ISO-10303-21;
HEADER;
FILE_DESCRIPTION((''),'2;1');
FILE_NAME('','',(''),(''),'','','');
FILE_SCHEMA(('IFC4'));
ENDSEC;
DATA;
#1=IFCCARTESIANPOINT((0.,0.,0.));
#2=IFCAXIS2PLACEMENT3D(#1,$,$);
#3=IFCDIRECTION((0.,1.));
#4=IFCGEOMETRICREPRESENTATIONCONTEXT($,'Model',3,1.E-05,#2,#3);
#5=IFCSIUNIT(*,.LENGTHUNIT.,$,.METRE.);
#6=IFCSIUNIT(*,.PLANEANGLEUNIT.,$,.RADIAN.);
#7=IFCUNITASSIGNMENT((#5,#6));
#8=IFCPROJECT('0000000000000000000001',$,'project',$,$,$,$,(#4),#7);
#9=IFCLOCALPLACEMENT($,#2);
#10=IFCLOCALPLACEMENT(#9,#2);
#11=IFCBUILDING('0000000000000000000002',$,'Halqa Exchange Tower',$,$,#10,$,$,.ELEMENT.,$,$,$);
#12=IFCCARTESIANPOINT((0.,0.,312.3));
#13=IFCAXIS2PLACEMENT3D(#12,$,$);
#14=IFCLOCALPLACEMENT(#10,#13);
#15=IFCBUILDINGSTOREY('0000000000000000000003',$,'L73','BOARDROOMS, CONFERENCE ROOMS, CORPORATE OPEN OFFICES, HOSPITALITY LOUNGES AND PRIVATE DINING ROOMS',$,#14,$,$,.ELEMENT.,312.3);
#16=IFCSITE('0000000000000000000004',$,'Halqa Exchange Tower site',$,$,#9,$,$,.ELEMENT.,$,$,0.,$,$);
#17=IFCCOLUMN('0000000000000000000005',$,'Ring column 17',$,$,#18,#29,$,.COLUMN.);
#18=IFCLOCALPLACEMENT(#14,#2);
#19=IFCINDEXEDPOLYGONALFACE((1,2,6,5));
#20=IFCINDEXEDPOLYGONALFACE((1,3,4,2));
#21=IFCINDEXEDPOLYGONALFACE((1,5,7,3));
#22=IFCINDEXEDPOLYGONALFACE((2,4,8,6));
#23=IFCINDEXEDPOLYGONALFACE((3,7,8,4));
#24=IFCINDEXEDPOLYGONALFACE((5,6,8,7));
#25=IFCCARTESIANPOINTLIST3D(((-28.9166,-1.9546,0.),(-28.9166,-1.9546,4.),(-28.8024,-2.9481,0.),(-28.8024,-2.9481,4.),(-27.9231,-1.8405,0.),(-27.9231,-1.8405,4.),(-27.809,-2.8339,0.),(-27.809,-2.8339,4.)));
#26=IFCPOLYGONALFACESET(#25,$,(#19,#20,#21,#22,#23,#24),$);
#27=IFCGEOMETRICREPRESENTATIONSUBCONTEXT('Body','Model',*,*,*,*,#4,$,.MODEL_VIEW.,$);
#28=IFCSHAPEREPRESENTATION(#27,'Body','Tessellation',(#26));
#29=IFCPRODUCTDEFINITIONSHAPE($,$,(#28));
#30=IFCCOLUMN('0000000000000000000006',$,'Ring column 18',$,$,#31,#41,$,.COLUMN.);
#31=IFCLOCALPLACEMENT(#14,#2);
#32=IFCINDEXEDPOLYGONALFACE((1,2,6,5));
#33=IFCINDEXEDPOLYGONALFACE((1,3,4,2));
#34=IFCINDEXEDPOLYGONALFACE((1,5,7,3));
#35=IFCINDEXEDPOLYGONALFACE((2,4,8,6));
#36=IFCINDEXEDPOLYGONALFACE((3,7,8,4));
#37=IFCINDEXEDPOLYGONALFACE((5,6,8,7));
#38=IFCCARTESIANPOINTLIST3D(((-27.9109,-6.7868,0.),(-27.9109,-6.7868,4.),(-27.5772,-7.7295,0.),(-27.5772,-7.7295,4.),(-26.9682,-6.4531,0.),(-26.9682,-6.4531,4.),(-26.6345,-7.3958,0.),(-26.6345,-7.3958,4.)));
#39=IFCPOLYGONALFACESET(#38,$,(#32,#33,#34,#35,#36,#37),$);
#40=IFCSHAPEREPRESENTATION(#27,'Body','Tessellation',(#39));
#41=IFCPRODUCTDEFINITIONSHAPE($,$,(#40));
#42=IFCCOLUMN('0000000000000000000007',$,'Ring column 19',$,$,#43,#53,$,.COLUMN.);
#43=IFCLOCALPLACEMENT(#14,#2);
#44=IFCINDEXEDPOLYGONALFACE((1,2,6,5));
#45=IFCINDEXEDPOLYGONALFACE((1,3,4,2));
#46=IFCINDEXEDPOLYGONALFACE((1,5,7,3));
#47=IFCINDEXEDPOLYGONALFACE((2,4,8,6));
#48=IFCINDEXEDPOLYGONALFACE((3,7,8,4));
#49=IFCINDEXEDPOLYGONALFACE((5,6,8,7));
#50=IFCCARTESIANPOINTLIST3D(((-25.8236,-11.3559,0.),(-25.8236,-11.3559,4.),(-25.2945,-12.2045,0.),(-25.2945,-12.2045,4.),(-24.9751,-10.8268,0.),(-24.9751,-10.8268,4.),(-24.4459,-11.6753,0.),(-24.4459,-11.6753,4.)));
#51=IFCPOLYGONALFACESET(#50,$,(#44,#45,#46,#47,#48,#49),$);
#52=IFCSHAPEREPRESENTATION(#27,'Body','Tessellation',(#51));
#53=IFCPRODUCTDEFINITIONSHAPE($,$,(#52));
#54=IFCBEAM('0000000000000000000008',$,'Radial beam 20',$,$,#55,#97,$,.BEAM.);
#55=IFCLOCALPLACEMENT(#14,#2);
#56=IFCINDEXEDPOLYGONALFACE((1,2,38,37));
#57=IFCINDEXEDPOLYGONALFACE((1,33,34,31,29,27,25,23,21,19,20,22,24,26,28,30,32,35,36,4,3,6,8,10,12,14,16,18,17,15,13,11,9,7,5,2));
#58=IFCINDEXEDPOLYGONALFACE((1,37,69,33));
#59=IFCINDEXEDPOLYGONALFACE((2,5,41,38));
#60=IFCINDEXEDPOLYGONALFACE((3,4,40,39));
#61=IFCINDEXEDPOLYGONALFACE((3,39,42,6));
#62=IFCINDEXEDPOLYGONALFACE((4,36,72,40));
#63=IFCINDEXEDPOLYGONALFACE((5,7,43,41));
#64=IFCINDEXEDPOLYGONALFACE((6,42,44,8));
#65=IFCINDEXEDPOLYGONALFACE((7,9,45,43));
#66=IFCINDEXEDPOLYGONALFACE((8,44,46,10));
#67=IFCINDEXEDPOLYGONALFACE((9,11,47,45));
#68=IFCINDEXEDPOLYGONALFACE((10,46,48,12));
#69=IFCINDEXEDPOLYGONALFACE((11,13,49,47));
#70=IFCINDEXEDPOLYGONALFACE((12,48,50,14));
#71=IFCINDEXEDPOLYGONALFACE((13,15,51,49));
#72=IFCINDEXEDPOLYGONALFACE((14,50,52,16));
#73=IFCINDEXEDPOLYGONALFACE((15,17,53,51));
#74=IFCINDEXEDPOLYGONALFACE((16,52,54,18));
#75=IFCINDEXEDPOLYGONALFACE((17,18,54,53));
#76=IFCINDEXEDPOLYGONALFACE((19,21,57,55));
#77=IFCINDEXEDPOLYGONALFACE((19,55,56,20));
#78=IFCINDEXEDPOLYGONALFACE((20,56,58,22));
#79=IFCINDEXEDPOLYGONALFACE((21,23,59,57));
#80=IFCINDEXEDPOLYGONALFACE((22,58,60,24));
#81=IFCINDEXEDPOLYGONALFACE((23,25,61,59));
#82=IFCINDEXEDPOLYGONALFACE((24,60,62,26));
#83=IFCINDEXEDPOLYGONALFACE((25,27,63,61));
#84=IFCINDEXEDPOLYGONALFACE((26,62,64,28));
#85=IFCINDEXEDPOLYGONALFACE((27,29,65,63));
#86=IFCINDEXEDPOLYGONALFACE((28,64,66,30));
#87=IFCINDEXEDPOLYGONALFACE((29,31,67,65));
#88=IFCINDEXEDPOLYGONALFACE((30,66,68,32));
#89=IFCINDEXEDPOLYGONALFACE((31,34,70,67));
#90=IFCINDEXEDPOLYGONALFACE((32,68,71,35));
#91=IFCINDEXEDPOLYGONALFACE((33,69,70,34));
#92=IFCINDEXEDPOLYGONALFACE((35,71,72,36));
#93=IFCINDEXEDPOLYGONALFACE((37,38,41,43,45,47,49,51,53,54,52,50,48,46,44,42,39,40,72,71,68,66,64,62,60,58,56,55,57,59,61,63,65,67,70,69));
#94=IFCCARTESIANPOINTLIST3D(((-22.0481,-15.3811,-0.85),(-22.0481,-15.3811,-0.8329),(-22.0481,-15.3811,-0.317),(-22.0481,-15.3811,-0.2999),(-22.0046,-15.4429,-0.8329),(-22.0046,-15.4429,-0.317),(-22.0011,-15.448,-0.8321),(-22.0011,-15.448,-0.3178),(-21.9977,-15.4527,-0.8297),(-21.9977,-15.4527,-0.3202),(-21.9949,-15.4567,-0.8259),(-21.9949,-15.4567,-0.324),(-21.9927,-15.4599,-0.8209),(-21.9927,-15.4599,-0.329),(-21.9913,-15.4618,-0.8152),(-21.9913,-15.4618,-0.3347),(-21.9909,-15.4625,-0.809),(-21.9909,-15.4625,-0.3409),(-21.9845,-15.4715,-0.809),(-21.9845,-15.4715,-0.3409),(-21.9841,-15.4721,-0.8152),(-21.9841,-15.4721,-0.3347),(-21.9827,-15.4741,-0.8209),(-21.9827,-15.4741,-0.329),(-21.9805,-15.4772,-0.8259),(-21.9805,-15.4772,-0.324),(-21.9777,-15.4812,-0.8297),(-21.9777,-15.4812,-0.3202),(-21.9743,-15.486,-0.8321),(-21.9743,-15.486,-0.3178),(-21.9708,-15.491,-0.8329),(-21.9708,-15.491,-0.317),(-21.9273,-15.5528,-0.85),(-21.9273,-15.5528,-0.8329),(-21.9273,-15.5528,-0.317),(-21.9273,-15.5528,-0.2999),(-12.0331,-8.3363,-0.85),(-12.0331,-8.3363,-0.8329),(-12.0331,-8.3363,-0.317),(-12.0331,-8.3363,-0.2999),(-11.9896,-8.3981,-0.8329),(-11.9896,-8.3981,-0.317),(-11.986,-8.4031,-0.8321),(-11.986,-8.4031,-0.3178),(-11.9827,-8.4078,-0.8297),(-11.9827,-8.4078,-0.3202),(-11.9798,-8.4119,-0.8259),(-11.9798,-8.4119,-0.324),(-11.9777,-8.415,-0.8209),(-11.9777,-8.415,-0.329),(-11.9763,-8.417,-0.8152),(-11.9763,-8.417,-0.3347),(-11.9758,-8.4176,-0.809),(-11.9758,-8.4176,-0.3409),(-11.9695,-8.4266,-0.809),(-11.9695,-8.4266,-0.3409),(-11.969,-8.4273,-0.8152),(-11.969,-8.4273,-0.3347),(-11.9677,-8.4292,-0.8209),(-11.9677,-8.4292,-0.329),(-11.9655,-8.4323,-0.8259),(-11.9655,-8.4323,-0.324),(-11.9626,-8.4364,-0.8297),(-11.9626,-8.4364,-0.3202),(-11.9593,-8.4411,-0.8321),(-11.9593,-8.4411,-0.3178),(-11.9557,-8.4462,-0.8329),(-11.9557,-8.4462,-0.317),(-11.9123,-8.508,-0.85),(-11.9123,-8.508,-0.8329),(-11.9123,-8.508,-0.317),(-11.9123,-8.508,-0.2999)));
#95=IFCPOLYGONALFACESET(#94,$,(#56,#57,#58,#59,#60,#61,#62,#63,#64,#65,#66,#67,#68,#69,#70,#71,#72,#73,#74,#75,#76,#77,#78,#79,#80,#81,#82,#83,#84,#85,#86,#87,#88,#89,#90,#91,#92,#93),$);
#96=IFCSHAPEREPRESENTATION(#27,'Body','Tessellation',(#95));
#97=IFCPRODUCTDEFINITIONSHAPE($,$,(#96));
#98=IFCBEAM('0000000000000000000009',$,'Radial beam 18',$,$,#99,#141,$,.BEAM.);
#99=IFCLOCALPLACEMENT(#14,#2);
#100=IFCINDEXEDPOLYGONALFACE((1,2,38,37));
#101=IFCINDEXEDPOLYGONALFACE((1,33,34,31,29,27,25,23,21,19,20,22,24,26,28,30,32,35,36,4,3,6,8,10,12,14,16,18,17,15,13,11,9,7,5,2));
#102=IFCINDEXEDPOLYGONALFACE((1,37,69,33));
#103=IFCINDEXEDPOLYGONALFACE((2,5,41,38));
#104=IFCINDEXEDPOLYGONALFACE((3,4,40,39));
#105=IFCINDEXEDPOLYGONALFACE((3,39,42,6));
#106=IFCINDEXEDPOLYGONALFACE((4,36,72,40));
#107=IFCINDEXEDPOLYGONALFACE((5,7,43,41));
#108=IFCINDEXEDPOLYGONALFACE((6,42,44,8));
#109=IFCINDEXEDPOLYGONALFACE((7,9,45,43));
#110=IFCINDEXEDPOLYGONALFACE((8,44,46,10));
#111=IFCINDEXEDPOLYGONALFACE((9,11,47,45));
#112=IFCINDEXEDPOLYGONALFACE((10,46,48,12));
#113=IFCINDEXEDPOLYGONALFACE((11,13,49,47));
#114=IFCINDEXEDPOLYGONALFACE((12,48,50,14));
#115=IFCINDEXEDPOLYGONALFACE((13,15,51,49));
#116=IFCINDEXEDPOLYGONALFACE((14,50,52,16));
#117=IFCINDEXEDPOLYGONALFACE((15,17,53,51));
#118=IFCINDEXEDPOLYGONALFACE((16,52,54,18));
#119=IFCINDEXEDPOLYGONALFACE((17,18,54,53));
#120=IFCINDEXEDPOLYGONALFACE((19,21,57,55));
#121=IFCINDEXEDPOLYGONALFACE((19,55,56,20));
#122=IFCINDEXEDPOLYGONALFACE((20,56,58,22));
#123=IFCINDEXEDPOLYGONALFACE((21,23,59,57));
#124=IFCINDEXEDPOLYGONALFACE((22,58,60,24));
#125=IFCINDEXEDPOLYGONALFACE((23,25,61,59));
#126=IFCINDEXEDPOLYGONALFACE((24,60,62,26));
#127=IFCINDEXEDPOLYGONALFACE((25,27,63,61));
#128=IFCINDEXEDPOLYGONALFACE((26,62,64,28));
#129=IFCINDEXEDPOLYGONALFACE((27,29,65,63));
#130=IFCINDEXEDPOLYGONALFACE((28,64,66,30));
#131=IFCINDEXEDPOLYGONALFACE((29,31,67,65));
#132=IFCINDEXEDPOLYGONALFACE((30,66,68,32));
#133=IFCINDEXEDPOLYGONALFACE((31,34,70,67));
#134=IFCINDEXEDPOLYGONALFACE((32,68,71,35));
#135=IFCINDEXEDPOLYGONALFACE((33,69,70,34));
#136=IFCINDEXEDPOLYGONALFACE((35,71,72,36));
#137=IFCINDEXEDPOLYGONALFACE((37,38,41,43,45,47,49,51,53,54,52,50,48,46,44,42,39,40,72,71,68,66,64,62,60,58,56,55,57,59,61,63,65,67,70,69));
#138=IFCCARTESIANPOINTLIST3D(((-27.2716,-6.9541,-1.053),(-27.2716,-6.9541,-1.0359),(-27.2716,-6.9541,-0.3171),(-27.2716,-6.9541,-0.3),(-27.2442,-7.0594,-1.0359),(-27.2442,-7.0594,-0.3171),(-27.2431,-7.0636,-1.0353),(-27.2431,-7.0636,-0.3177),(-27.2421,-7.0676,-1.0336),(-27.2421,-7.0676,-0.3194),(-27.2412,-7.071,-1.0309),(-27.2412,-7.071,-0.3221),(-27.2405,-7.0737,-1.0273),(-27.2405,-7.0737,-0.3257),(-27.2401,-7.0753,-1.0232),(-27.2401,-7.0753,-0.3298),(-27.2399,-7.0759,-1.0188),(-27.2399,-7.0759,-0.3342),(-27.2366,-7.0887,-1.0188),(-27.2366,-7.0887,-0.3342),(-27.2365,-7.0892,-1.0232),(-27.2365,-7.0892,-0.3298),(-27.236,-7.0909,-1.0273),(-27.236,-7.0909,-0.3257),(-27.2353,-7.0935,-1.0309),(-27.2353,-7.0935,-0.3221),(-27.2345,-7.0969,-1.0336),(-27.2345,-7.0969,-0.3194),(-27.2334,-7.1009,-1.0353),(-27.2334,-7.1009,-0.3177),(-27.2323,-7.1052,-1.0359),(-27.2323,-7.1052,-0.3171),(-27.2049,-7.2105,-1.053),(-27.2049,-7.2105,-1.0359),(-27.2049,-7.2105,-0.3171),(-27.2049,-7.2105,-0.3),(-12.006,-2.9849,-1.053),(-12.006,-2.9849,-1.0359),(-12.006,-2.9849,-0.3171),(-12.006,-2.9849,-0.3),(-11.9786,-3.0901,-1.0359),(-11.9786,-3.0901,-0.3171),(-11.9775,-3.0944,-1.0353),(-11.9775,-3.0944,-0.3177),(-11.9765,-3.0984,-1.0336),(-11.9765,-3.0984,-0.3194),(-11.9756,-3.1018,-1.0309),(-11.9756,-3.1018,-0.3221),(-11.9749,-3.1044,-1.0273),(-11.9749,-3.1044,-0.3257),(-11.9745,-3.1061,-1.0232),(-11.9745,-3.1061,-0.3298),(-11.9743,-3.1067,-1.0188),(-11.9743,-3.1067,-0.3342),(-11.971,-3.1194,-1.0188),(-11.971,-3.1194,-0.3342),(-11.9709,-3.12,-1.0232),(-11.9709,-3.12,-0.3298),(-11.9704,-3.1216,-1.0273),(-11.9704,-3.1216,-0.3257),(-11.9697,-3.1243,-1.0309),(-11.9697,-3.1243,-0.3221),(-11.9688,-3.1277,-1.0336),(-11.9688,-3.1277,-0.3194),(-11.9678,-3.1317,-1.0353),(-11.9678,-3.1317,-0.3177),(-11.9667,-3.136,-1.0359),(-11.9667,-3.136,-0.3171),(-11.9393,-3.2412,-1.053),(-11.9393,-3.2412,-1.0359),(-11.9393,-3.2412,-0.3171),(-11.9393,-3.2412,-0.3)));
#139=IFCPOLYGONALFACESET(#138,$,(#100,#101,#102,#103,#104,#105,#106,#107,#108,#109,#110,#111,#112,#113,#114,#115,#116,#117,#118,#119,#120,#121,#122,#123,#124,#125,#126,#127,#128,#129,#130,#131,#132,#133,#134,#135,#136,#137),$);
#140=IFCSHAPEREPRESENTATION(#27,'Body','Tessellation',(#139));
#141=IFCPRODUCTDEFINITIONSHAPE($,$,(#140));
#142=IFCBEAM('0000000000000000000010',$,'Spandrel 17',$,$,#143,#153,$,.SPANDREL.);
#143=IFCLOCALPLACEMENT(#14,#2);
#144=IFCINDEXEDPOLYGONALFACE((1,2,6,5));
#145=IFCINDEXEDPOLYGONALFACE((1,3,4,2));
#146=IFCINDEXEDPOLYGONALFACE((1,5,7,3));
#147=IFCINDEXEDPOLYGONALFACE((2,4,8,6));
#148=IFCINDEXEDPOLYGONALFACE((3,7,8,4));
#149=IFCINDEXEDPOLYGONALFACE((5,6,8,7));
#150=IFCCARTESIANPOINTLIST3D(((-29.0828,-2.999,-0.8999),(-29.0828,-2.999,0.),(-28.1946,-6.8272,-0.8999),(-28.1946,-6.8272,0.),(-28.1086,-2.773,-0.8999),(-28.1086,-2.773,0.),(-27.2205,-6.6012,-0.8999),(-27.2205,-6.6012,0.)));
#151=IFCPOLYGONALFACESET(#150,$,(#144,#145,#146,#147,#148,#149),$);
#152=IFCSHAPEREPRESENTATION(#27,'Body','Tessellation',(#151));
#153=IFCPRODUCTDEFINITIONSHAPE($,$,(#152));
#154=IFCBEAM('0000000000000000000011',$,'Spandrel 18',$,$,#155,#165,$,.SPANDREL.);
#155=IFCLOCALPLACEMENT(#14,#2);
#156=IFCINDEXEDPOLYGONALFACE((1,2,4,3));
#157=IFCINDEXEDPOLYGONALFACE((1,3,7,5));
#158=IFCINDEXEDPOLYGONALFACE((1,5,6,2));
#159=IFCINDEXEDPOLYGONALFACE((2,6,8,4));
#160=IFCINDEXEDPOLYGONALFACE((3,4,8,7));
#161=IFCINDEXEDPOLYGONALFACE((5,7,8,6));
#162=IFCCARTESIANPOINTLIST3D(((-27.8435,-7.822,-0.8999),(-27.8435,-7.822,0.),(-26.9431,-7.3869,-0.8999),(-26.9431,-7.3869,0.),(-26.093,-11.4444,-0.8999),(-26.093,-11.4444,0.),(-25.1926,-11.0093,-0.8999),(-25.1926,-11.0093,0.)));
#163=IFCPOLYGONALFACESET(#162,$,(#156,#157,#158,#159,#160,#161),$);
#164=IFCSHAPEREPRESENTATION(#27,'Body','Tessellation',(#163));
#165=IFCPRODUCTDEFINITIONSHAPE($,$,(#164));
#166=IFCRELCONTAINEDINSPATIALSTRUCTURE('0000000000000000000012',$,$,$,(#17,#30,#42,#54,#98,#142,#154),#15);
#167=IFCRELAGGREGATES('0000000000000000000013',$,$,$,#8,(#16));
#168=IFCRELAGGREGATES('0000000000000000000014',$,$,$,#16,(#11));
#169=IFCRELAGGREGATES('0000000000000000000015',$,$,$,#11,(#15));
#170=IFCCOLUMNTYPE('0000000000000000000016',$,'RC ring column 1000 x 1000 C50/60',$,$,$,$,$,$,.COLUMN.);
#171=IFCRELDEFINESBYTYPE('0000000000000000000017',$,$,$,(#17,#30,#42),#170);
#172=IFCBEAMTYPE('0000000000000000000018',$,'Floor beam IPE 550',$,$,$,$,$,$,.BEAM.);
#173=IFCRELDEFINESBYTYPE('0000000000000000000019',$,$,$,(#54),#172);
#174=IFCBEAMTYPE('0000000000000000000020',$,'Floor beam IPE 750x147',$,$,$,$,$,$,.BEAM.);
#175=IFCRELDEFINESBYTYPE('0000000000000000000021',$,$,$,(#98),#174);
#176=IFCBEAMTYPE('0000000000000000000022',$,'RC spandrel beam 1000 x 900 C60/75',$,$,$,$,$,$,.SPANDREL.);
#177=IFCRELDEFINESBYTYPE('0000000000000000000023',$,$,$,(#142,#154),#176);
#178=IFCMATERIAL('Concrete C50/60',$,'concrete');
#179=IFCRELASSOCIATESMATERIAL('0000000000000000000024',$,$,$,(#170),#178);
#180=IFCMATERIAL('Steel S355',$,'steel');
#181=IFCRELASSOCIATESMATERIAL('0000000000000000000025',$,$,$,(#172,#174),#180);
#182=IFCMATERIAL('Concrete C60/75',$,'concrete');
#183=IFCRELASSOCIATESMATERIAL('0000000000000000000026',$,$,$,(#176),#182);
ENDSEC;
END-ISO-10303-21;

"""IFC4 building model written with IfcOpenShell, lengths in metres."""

from ifc_helpers import new_model, si_unit, direction, frame, origin, origin_2d, place, context, subcontext, project, spatial, rectangle, i_section, extrude, material, material_profile, profile_set, type_object, element, save


model = new_model("IFC4")

# Units and contexts
model_context = context("Model", 3, precision=1e-05, world=origin(), true_north=direction((0.0, 1.0)))
body_context = subcontext(model_context, "Body", "Model", "MODEL_VIEW")
ifc_project = project(units=[si_unit("LENGTHUNIT", "METRE"), si_unit("PLANEANGLEUNIT", "RADIAN")], contexts=[model_context])

# Site, building, storey
site_placement = place(None, origin())
site = spatial("IfcSite", under=ifc_project, at=site_placement, Name="Halqa Exchange Tower site", CompositionType="ELEMENT", RefElevation=0.0)
building_placement = place(site_placement, origin())
building = spatial("IfcBuilding", under=site, at=building_placement, Name="Halqa Exchange Tower", CompositionType="ELEMENT")
storey_placement = place(building_placement, frame((0.0, 0.0, 312.3)))
storey = spatial("IfcBuildingStorey", under=building, at=storey_placement, Name="L73", Description="BOARDROOMS, CONFERENCE ROOMS, CORPORATE OPEN OFFICES, HOSPITALITY LOUNGES AND PRIVATE DINING ROOMS", CompositionType="ELEMENT", Elevation=312.3)

# Columns
ifc_material_1 = material(Name="Concrete C50/60", Category="concrete")
ifc_material_profile_1 = material_profile(ifc_material_1, rectangle(XDim=1.0, YDim=1.0, at=origin_2d()), Name="1000 x 1000")
ifc_profile_set_1 = profile_set([ifc_material_profile_1], Name="Concrete C50/60")
column_type = type_object("IfcColumnType", Name="RC ring column 1000 x 1000 C50/60", PredefinedType="COLUMN", material=ifc_profile_set_1)
for number, where, z_axis, x_axis, name in (
    (1, (-28.3628, -2.3943, 0.0), (0.0, 0.0, 1.0), (0.11416, -0.993462, 0.0), "Ring column 17"),
    (2, (-27.2727, -7.0913, 0.0), (0.0, 0.0, 1.0), (0.333624, -0.942706, 0.0), "Ring column 18"),
    (3, (-25.1348, -11.5156, 0.0), (0.0, 0.0, 1.0), (0.52914, -0.848534, 0.0), "Ring column 19"),
):
    element("IfcColumn", number, at=place(storey_placement, frame(where, z_axis=z_axis, x_axis=x_axis)), inside=storey, type_object=column_type, Name=name, PredefinedType="COLUMN", context=body_context, shape_type="SweptSolid", body=[
        extrude(rectangle(XDim=1.0, YDim=1.0, at=origin_2d()), origin(), (0.0, 0.0, 1.0), 4.0),
    ])

# Beams
ifc_material_2 = material(Name="Steel S355", Category="steel")
ifc_material_profile_2 = material_profile(ifc_material_2, i_section(OverallWidth=0.21, OverallDepth=0.55, WebThickness=0.011, FlangeThickness=0.0171, FilletRadius=0.0239, at=origin_2d()), Name="IPE 550")
ifc_profile_set_2 = profile_set([ifc_material_profile_2], Name="Steel S355")
beam_type_1 = type_object("IfcBeamType", Name="Floor beam IPE 550", PredefinedType="BEAM", material=ifc_profile_set_2)
beam_1_placement = place(storey_placement, frame((-11.9727, -8.4221, -0.575), z_axis=(-0.817913, -0.575342, 0.0), x_axis=(0.575342, -0.817913, 0.0)))
element("IfcBeam", 4, at=beam_1_placement, inside=storey, type_object=beam_type_1, Name="Radial beam 20", PredefinedType="BEAM", context=body_context, shape_type="SweptSolid", body=[
    extrude(i_section(OverallWidth=0.21, OverallDepth=0.55, WebThickness=0.011, FlangeThickness=0.0171, FilletRadius=0.0239, at=origin_2d()), origin(), (0.0, 0.0, 1.0), 12.2446),
])
ifc_material_profile_3 = material_profile(ifc_material_2, i_section(OverallWidth=0.2649, OverallDepth=0.7529, WebThickness=0.0132, FlangeThickness=0.0171, FilletRadius=0.0171, at=origin_2d()), Name="IPE 750x147")
ifc_profile_set_3 = profile_set([ifc_material_profile_3], Name="Steel S355")
beam_type_2 = type_object("IfcBeamType", Name="Floor beam IPE 750x147", PredefinedType="BEAM", material=ifc_profile_set_3)
beam_2_placement = place(storey_placement, frame((-11.9727, -3.113, -0.6765), z_axis=(-0.96782, -0.251644, 0.0), x_axis=(0.251644, -0.96782, 0.0)))
element("IfcBeam", 5, at=beam_2_placement, inside=storey, type_object=beam_type_2, Name="Radial beam 18", PredefinedType="BEAM", context=body_context, shape_type="SweptSolid", body=[
    extrude(i_section(OverallWidth=0.2649, OverallDepth=0.7529, WebThickness=0.0132, FlangeThickness=0.0171, FilletRadius=0.0171, at=origin_2d()), origin(), (0.0, 0.0, 1.0), 15.7732),
])
ifc_material_3 = material(Name="Concrete C60/75", Category="concrete")
ifc_material_profile_4 = material_profile(ifc_material_3, rectangle(XDim=1.0, YDim=0.8999, at=origin_2d()), Name="1000 x 900")
ifc_profile_set_4 = profile_set([ifc_material_profile_4], Name="Concrete C60/75")
beam_type_3 = type_object("IfcBeamType", Name="RC spandrel beam 1000 x 900 C60/75", PredefinedType="SPANDREL", material=ifc_profile_set_4)
beam_3_placement = place(storey_placement, frame((-28.5957, -2.886, -0.45), z_axis=(0.225998, -0.974128, 0.0), x_axis=(0.974128, 0.225998, 0.0)))
element("IfcBeam", 6, at=beam_3_placement, inside=storey, type_object=beam_type_3, Name="Spandrel 17", PredefinedType="SPANDREL", context=body_context, shape_type="SweptSolid", body=[
    extrude(rectangle(XDim=1.0, YDim=0.8999, at=origin_2d()), origin(), (0.0, 0.0, 1.0), 3.9299),
])
beam_4_placement = place(storey_placement, frame((-27.3933, -7.6045, -0.45), z_axis=(0.435109, -0.900378, 0.0), x_axis=(0.900378, 0.435109, 0.0)))
element("IfcBeam", 7, at=beam_4_placement, inside=storey, type_object=beam_type_3, Name="Spandrel 18", PredefinedType="SPANDREL", context=body_context, shape_type="SweptSolid", body=[
    extrude(rectangle(XDim=1.0, YDim=0.8999, at=origin_2d()), origin(), (0.0, 0.0, 1.0), 4.0232),
])

save(model, "model.ifc")
